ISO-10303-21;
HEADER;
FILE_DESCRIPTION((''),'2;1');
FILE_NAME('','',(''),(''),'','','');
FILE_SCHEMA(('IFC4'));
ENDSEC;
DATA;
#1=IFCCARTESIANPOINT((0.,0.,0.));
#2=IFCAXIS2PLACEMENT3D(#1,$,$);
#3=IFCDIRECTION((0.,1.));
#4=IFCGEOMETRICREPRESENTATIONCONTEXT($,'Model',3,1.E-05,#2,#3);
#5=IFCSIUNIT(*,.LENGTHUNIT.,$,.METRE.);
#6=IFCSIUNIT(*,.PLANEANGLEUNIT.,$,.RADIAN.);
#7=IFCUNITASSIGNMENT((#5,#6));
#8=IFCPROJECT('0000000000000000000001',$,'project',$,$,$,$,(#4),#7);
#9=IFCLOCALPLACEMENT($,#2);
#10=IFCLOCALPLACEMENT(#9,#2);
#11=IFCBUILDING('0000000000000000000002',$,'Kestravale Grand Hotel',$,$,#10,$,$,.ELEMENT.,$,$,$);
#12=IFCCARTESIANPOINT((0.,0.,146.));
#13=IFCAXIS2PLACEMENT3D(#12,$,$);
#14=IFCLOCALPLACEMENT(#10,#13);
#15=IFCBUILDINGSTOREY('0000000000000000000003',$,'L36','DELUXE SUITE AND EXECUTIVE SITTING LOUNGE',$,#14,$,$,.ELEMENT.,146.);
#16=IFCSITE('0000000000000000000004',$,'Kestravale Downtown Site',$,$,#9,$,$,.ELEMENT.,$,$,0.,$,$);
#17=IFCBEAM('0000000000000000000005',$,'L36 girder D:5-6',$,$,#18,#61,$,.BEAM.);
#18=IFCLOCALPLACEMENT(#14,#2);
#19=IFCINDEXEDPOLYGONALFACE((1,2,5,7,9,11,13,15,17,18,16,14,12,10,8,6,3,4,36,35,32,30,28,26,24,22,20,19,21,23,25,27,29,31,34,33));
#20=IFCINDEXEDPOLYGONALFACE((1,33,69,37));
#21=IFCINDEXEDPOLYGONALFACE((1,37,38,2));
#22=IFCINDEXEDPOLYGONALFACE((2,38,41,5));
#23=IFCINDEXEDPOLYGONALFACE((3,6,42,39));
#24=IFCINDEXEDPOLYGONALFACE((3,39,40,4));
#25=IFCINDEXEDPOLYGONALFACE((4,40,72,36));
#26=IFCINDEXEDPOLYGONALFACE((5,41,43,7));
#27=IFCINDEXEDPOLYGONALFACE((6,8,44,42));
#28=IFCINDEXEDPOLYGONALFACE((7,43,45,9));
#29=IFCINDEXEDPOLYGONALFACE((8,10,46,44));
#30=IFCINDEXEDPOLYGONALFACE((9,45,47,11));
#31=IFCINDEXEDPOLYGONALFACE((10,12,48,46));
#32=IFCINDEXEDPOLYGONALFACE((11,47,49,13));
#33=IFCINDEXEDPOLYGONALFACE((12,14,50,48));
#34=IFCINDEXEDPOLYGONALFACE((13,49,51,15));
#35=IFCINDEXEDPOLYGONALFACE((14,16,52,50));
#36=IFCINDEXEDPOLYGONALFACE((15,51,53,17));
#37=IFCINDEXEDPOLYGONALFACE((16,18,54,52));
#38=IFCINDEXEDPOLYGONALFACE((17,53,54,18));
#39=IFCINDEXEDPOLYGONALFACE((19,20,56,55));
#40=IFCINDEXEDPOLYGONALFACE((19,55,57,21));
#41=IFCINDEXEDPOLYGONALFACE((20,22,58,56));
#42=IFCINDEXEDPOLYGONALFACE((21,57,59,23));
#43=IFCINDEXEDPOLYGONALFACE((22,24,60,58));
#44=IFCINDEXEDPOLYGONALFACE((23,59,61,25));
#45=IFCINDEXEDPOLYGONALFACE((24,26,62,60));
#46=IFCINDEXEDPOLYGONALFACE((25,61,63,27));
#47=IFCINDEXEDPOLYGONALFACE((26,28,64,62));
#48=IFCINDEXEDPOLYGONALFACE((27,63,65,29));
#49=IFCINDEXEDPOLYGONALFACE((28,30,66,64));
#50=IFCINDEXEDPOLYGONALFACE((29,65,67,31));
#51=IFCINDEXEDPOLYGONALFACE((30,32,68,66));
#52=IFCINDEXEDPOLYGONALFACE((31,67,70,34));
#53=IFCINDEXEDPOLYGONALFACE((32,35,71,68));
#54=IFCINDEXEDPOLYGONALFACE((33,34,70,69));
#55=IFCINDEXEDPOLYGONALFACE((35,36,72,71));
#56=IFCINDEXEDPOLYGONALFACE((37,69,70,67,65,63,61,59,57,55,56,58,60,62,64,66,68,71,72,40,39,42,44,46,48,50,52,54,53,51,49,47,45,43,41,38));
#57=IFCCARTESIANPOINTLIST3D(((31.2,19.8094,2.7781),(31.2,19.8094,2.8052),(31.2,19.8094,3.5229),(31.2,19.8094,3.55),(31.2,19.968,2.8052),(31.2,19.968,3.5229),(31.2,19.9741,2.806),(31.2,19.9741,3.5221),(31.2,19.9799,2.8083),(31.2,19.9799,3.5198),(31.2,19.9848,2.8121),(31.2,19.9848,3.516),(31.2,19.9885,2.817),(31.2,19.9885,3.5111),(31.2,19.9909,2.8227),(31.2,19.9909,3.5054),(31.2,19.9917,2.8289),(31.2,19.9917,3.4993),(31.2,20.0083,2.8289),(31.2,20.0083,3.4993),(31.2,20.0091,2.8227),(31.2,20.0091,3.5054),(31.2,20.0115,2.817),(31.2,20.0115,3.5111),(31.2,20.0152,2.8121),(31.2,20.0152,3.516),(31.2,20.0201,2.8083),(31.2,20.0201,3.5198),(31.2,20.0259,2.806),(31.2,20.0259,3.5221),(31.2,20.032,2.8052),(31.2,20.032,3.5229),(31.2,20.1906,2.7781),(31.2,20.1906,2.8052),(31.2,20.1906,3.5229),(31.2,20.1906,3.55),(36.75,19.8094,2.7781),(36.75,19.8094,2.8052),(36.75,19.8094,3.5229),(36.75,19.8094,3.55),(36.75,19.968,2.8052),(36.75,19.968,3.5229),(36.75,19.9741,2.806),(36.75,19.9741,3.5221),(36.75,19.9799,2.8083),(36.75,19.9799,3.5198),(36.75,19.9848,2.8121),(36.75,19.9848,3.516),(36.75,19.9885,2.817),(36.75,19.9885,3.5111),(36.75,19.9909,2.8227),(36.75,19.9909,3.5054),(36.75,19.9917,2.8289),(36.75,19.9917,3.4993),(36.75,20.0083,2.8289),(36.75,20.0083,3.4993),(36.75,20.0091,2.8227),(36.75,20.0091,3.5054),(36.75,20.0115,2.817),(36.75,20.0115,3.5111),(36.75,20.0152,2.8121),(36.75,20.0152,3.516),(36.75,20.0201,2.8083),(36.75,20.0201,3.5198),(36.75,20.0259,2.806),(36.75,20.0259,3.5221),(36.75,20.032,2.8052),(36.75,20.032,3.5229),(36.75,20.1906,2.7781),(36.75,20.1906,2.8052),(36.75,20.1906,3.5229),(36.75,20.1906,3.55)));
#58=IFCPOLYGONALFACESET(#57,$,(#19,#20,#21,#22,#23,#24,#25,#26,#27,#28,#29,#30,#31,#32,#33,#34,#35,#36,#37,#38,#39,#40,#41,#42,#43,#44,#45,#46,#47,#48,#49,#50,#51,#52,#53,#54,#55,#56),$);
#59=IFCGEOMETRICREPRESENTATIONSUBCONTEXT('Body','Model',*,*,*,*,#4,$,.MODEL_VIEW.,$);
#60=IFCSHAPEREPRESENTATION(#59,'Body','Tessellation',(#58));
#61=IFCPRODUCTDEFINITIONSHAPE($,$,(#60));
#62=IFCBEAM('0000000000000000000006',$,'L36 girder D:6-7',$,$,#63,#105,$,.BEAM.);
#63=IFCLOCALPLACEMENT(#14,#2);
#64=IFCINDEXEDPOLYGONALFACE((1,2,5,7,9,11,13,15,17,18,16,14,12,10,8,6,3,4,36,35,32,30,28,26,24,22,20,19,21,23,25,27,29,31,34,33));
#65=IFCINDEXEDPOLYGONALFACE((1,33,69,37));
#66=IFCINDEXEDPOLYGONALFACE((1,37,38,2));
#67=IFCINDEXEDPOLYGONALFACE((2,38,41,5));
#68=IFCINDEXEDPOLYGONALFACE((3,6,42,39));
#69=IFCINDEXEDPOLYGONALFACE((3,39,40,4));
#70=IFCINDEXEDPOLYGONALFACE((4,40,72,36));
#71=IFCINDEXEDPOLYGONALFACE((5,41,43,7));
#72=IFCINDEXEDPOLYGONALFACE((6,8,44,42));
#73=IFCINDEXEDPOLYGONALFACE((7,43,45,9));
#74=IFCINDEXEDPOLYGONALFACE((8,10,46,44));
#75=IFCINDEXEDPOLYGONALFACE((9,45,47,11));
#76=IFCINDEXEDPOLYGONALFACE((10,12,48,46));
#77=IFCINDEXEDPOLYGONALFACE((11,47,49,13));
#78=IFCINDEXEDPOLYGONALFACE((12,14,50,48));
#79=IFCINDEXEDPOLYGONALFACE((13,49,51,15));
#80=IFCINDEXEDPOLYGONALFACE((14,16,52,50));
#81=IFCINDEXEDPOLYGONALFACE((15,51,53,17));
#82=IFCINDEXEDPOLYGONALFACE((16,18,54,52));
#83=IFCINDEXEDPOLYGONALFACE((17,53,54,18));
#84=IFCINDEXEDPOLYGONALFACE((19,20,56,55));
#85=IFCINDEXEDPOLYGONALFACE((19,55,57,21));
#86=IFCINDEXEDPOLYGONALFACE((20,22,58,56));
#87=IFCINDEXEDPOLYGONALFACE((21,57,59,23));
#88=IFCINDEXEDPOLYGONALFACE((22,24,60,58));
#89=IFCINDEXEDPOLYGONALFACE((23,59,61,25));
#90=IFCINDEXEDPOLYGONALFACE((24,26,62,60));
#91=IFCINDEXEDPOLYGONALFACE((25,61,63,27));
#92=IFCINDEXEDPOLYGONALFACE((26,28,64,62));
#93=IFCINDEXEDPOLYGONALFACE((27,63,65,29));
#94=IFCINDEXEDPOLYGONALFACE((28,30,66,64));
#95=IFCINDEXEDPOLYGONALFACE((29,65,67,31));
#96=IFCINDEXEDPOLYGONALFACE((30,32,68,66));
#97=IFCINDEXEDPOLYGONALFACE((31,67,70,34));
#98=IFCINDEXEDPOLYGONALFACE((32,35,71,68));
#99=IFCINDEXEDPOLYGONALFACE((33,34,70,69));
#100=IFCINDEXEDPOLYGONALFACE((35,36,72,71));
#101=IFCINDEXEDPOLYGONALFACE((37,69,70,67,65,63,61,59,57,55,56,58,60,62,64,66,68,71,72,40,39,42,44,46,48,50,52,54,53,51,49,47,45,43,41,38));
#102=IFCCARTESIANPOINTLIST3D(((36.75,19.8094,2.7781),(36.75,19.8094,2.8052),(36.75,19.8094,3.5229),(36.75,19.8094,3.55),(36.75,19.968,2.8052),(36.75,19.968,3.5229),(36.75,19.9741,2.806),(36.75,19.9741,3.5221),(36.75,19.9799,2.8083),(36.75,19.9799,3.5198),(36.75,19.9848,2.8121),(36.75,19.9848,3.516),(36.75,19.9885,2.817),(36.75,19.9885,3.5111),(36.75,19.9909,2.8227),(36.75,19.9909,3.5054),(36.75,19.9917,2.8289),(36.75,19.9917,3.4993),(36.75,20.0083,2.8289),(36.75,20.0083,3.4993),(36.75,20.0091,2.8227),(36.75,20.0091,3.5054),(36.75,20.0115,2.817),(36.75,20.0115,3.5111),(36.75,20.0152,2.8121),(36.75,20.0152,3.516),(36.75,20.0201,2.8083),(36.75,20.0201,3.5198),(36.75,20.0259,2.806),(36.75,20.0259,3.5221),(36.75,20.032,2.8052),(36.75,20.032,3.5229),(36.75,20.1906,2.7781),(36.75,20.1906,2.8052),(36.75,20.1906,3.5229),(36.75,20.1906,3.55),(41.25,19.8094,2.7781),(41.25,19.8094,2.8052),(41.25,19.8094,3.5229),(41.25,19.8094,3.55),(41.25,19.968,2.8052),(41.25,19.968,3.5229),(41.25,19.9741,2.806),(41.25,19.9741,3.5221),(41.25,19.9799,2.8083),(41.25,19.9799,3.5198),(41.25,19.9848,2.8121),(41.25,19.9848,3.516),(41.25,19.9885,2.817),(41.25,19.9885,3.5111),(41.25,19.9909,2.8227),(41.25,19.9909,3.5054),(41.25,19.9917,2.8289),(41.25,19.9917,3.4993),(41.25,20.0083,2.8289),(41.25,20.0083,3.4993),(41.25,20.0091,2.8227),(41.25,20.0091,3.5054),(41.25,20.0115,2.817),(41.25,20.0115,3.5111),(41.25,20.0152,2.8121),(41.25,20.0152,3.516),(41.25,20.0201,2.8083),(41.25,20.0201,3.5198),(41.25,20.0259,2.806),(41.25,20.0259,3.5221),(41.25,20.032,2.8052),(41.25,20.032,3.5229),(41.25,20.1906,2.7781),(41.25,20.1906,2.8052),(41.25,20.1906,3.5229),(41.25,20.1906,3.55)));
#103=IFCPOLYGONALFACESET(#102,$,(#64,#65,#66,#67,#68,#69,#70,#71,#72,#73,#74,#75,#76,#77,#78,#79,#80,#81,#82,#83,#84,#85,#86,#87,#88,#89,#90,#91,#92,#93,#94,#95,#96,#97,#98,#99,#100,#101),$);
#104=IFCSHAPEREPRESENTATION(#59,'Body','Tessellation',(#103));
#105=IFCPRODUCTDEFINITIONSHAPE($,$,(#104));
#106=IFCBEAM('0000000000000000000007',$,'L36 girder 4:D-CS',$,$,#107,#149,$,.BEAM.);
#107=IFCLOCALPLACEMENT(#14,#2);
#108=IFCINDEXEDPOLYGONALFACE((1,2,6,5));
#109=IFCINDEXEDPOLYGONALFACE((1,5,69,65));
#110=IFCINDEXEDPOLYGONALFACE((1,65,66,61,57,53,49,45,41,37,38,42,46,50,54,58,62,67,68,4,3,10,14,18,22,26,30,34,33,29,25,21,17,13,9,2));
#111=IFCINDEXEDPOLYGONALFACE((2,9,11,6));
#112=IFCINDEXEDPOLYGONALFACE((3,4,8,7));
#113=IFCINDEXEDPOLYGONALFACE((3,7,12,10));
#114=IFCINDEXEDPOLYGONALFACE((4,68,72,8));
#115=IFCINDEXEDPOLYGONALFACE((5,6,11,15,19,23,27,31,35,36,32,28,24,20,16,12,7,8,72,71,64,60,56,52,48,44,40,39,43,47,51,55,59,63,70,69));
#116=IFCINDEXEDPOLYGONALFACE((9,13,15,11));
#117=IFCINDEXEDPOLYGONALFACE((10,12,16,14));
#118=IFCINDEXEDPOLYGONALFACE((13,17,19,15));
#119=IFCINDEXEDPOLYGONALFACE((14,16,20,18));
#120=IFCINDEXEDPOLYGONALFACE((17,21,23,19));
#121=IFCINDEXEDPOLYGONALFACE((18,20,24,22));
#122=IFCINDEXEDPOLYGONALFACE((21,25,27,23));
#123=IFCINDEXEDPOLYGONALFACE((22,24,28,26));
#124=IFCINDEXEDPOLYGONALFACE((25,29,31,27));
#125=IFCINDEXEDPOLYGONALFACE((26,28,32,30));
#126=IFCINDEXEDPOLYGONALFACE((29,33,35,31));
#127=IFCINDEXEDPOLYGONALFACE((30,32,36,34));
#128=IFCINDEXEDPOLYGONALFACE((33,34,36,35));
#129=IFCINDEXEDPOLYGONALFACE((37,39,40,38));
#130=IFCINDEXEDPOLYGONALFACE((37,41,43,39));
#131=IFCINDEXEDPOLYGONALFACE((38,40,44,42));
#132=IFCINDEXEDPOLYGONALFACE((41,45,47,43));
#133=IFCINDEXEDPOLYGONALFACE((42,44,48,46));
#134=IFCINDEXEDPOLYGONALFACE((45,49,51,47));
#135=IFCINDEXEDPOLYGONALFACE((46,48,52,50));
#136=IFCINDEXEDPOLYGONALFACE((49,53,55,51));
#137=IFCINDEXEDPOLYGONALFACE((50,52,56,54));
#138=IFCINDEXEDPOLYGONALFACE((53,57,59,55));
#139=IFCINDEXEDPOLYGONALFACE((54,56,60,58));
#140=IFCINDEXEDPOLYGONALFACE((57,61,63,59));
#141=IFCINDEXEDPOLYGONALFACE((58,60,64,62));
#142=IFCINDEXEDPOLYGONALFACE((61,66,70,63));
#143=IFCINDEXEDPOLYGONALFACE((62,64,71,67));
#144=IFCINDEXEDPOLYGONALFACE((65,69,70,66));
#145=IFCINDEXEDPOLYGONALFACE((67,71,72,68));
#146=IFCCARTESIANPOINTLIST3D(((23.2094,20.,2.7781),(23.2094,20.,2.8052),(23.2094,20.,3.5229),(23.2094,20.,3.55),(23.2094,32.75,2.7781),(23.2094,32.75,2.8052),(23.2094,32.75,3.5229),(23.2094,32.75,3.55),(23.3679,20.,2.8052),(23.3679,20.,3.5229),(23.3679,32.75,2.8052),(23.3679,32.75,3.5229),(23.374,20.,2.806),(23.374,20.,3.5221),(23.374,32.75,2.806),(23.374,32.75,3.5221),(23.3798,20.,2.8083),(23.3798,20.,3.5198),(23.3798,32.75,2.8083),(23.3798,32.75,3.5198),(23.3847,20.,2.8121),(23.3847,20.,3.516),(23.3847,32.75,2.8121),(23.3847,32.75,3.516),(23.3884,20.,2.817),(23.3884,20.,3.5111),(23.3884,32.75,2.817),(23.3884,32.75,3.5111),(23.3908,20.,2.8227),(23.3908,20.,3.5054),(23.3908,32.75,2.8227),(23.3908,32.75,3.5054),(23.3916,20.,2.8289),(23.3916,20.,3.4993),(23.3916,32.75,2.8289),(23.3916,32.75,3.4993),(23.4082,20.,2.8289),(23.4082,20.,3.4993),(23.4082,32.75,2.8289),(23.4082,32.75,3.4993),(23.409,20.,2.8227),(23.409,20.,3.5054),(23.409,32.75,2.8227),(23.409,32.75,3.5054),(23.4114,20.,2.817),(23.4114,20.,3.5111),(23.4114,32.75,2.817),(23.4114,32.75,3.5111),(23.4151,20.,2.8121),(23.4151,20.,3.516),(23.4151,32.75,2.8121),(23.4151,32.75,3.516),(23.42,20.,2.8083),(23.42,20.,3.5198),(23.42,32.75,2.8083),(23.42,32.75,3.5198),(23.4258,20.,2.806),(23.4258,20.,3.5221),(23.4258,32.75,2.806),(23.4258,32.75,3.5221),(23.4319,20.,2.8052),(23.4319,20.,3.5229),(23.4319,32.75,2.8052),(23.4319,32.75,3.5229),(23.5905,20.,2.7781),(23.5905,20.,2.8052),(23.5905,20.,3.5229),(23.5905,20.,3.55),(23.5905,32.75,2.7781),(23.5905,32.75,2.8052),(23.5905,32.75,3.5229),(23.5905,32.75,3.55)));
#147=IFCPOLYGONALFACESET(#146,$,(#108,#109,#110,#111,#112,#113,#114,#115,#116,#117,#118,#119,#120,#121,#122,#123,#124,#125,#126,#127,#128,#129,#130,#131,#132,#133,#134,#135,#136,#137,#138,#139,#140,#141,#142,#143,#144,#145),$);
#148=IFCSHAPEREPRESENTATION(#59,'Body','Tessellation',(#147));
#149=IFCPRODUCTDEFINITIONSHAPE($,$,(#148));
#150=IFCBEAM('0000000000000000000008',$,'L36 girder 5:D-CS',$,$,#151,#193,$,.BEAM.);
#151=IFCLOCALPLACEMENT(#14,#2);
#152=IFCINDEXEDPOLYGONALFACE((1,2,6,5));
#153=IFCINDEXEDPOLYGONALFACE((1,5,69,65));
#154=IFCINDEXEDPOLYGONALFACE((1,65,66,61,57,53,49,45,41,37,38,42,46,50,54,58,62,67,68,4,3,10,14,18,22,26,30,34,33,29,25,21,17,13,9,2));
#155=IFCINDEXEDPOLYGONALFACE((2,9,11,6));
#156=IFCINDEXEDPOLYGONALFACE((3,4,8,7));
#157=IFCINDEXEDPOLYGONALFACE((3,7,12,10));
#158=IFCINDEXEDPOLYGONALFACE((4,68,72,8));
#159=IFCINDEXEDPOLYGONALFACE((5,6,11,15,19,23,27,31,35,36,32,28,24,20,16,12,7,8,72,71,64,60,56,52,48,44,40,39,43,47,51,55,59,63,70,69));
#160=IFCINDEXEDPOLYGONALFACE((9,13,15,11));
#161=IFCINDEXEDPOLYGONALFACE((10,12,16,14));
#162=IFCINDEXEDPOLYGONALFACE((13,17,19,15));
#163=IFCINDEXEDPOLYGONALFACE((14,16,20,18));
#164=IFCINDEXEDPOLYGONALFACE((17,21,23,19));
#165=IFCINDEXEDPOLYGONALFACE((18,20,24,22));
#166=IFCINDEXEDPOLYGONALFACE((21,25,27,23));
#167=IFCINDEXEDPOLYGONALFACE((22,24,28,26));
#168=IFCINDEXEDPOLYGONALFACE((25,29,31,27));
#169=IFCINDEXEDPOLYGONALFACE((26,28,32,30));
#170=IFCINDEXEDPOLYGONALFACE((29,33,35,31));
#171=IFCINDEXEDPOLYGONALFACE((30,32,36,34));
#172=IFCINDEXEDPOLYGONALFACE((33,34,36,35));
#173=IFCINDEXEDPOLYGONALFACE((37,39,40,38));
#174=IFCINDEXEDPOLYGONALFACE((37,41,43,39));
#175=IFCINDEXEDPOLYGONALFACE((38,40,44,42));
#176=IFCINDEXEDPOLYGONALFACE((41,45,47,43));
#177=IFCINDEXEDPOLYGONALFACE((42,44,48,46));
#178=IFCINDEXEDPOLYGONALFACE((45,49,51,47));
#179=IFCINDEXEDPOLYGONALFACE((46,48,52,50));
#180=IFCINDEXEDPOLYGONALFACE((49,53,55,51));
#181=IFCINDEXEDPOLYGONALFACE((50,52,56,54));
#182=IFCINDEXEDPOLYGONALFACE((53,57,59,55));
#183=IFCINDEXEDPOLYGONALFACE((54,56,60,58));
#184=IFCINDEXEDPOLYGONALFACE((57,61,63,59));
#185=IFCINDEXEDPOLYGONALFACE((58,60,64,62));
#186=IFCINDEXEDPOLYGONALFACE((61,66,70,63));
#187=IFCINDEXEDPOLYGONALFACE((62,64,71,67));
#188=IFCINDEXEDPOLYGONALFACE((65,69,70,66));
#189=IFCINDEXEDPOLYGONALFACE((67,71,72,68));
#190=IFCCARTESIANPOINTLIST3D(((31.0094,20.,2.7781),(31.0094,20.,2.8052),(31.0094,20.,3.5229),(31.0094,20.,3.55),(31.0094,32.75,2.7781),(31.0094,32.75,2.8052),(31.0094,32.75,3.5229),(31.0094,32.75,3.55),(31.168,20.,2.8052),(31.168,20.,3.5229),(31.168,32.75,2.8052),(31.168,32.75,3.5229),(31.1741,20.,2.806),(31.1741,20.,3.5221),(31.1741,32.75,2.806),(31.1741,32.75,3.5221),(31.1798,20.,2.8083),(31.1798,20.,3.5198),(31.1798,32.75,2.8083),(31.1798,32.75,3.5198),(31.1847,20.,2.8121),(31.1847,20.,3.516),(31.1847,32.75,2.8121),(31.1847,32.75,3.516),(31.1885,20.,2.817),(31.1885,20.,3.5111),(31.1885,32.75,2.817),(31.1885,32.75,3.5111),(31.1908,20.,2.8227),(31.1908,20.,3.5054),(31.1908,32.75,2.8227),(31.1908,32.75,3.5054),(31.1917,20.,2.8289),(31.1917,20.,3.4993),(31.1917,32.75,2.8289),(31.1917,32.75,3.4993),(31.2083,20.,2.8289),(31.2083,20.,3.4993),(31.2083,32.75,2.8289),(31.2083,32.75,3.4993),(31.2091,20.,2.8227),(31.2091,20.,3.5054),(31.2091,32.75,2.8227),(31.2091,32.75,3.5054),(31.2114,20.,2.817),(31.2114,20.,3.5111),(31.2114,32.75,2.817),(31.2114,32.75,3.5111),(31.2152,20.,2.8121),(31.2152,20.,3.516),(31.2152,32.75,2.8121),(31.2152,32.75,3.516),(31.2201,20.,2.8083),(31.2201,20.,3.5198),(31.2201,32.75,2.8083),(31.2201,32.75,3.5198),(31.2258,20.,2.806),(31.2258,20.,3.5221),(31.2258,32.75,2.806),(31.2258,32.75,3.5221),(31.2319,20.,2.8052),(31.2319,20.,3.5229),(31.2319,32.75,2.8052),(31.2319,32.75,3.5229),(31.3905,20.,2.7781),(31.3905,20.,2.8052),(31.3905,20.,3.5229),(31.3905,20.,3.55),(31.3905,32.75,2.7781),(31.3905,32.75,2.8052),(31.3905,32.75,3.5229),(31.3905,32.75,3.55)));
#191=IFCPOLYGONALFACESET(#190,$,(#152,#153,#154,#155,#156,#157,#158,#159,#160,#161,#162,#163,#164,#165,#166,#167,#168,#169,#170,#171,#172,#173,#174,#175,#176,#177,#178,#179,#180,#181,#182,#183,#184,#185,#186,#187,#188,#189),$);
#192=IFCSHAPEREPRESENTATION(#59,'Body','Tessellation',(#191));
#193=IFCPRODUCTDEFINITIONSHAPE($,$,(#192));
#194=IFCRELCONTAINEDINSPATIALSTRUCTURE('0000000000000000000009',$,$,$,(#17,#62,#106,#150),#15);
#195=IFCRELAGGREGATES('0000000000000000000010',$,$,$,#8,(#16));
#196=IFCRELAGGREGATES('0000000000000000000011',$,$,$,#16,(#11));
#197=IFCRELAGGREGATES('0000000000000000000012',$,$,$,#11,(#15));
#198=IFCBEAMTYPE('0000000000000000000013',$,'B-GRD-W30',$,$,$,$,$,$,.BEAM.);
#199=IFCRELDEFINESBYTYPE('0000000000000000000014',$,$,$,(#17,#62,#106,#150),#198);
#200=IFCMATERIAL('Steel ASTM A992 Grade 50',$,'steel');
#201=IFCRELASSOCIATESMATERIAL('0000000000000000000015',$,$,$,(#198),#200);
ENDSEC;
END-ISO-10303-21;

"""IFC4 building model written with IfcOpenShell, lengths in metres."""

from ifc_helpers import new_model, si_unit, direction, frame, origin, origin_2d, place, context, subcontext, project, spatial, i_section, extrude, material, material_profile, profile_set, type_object, element, save


model = new_model("IFC4")

# Units and contexts
model_context = context("Model", 3, precision=1e-05, world=origin(), true_north=direction((0.0, 1.0)))
body_context = subcontext(model_context, "Body", "Model", "MODEL_VIEW")
ifc_project = project(units=[si_unit("LENGTHUNIT", "METRE"), si_unit("PLANEANGLEUNIT", "RADIAN")], contexts=[model_context])

# Site, building, storey
site_placement = place(None, origin())
site = spatial("IfcSite", under=ifc_project, at=site_placement, Name="Kestravale Downtown Site", CompositionType="ELEMENT", RefElevation=0.0)
building_placement = place(site_placement, origin())
building = spatial("IfcBuilding", under=site, at=building_placement, Name="Kestravale Grand Hotel", CompositionType="ELEMENT")
storey_placement = place(building_placement, frame((0.0, 0.0, 146.0)))
storey = spatial("IfcBuildingStorey", under=building, at=storey_placement, Name="L36", Description="DELUXE SUITE AND EXECUTIVE SITTING LOUNGE", CompositionType="ELEMENT", Elevation=146.0)

# Beams
ifc_material_1 = material(Name="Steel ASTM A992 Grade 50", Category="steel")
ifc_material_profile_1 = material_profile(ifc_material_1, i_section(OverallWidth=0.3811, OverallDepth=0.772, WebThickness=0.0166, FlangeThickness=0.0271, FilletRadius=0.0237, at=origin_2d()))
ifc_profile_set_1 = profile_set([ifc_material_profile_1], Name="Steel ASTM A992 Grade 50")
beam_type_1 = type_object("IfcBeamType", Name="B-GRD-W30", PredefinedType="BEAM", material=ifc_profile_set_1)
beam_1_placement = place(storey_placement, frame((31.2, 20.0, 3.1641), z_axis=(1.0, 0.0, 0.0), x_axis=(0.0, 1.0, 0.0)))
element("IfcBeam", 1, at=beam_1_placement, inside=storey, type_object=beam_type_1, Name="L36 girder D:5-6", PredefinedType="BEAM", context=body_context, shape_type="SweptSolid", body=[
    extrude(i_section(OverallWidth=0.3811, OverallDepth=0.772, WebThickness=0.0166, FlangeThickness=0.0271, FilletRadius=0.0237, at=origin_2d()), origin(), (0.0, 0.0, 1.0), 5.55),
])
beam_2_placement = place(storey_placement, frame((36.75, 20.0, 3.1641), z_axis=(1.0, 0.0, 0.0), x_axis=(0.0, 1.0, 0.0)))
element("IfcBeam", 2, at=beam_2_placement, inside=storey, type_object=beam_type_1, Name="L36 girder D:6-7", PredefinedType="BEAM", context=body_context, shape_type="SweptSolid", body=[
    extrude(i_section(OverallWidth=0.3811, OverallDepth=0.772, WebThickness=0.0166, FlangeThickness=0.0271, FilletRadius=0.0237, at=origin_2d()), origin(), (0.0, 0.0, 1.0), 4.5),
])
for number, where, z_axis, x_axis, name in (
    (3, (23.3999, 20.0, 3.1641), (0.0, 1.0, 0.0), (-1.0, 0.0, 0.0), "L36 girder 4:D-CS"),
    (4, (31.2, 20.0, 3.1641), (0.0, 1.0, 0.0), (-1.0, 0.0, 0.0), "L36 girder 5:D-CS"),
):
    element("IfcBeam", number, at=place(storey_placement, frame(where, z_axis=z_axis, x_axis=x_axis)), inside=storey, type_object=beam_type_1, Name=name, PredefinedType="BEAM", context=body_context, shape_type="SweptSolid", body=[
        extrude(i_section(OverallWidth=0.3811, OverallDepth=0.772, WebThickness=0.0166, FlangeThickness=0.0271, FilletRadius=0.0237, at=origin_2d()), origin(), (0.0, 0.0, 1.0), 12.75),
    ])

save(model, "model.ifc")
